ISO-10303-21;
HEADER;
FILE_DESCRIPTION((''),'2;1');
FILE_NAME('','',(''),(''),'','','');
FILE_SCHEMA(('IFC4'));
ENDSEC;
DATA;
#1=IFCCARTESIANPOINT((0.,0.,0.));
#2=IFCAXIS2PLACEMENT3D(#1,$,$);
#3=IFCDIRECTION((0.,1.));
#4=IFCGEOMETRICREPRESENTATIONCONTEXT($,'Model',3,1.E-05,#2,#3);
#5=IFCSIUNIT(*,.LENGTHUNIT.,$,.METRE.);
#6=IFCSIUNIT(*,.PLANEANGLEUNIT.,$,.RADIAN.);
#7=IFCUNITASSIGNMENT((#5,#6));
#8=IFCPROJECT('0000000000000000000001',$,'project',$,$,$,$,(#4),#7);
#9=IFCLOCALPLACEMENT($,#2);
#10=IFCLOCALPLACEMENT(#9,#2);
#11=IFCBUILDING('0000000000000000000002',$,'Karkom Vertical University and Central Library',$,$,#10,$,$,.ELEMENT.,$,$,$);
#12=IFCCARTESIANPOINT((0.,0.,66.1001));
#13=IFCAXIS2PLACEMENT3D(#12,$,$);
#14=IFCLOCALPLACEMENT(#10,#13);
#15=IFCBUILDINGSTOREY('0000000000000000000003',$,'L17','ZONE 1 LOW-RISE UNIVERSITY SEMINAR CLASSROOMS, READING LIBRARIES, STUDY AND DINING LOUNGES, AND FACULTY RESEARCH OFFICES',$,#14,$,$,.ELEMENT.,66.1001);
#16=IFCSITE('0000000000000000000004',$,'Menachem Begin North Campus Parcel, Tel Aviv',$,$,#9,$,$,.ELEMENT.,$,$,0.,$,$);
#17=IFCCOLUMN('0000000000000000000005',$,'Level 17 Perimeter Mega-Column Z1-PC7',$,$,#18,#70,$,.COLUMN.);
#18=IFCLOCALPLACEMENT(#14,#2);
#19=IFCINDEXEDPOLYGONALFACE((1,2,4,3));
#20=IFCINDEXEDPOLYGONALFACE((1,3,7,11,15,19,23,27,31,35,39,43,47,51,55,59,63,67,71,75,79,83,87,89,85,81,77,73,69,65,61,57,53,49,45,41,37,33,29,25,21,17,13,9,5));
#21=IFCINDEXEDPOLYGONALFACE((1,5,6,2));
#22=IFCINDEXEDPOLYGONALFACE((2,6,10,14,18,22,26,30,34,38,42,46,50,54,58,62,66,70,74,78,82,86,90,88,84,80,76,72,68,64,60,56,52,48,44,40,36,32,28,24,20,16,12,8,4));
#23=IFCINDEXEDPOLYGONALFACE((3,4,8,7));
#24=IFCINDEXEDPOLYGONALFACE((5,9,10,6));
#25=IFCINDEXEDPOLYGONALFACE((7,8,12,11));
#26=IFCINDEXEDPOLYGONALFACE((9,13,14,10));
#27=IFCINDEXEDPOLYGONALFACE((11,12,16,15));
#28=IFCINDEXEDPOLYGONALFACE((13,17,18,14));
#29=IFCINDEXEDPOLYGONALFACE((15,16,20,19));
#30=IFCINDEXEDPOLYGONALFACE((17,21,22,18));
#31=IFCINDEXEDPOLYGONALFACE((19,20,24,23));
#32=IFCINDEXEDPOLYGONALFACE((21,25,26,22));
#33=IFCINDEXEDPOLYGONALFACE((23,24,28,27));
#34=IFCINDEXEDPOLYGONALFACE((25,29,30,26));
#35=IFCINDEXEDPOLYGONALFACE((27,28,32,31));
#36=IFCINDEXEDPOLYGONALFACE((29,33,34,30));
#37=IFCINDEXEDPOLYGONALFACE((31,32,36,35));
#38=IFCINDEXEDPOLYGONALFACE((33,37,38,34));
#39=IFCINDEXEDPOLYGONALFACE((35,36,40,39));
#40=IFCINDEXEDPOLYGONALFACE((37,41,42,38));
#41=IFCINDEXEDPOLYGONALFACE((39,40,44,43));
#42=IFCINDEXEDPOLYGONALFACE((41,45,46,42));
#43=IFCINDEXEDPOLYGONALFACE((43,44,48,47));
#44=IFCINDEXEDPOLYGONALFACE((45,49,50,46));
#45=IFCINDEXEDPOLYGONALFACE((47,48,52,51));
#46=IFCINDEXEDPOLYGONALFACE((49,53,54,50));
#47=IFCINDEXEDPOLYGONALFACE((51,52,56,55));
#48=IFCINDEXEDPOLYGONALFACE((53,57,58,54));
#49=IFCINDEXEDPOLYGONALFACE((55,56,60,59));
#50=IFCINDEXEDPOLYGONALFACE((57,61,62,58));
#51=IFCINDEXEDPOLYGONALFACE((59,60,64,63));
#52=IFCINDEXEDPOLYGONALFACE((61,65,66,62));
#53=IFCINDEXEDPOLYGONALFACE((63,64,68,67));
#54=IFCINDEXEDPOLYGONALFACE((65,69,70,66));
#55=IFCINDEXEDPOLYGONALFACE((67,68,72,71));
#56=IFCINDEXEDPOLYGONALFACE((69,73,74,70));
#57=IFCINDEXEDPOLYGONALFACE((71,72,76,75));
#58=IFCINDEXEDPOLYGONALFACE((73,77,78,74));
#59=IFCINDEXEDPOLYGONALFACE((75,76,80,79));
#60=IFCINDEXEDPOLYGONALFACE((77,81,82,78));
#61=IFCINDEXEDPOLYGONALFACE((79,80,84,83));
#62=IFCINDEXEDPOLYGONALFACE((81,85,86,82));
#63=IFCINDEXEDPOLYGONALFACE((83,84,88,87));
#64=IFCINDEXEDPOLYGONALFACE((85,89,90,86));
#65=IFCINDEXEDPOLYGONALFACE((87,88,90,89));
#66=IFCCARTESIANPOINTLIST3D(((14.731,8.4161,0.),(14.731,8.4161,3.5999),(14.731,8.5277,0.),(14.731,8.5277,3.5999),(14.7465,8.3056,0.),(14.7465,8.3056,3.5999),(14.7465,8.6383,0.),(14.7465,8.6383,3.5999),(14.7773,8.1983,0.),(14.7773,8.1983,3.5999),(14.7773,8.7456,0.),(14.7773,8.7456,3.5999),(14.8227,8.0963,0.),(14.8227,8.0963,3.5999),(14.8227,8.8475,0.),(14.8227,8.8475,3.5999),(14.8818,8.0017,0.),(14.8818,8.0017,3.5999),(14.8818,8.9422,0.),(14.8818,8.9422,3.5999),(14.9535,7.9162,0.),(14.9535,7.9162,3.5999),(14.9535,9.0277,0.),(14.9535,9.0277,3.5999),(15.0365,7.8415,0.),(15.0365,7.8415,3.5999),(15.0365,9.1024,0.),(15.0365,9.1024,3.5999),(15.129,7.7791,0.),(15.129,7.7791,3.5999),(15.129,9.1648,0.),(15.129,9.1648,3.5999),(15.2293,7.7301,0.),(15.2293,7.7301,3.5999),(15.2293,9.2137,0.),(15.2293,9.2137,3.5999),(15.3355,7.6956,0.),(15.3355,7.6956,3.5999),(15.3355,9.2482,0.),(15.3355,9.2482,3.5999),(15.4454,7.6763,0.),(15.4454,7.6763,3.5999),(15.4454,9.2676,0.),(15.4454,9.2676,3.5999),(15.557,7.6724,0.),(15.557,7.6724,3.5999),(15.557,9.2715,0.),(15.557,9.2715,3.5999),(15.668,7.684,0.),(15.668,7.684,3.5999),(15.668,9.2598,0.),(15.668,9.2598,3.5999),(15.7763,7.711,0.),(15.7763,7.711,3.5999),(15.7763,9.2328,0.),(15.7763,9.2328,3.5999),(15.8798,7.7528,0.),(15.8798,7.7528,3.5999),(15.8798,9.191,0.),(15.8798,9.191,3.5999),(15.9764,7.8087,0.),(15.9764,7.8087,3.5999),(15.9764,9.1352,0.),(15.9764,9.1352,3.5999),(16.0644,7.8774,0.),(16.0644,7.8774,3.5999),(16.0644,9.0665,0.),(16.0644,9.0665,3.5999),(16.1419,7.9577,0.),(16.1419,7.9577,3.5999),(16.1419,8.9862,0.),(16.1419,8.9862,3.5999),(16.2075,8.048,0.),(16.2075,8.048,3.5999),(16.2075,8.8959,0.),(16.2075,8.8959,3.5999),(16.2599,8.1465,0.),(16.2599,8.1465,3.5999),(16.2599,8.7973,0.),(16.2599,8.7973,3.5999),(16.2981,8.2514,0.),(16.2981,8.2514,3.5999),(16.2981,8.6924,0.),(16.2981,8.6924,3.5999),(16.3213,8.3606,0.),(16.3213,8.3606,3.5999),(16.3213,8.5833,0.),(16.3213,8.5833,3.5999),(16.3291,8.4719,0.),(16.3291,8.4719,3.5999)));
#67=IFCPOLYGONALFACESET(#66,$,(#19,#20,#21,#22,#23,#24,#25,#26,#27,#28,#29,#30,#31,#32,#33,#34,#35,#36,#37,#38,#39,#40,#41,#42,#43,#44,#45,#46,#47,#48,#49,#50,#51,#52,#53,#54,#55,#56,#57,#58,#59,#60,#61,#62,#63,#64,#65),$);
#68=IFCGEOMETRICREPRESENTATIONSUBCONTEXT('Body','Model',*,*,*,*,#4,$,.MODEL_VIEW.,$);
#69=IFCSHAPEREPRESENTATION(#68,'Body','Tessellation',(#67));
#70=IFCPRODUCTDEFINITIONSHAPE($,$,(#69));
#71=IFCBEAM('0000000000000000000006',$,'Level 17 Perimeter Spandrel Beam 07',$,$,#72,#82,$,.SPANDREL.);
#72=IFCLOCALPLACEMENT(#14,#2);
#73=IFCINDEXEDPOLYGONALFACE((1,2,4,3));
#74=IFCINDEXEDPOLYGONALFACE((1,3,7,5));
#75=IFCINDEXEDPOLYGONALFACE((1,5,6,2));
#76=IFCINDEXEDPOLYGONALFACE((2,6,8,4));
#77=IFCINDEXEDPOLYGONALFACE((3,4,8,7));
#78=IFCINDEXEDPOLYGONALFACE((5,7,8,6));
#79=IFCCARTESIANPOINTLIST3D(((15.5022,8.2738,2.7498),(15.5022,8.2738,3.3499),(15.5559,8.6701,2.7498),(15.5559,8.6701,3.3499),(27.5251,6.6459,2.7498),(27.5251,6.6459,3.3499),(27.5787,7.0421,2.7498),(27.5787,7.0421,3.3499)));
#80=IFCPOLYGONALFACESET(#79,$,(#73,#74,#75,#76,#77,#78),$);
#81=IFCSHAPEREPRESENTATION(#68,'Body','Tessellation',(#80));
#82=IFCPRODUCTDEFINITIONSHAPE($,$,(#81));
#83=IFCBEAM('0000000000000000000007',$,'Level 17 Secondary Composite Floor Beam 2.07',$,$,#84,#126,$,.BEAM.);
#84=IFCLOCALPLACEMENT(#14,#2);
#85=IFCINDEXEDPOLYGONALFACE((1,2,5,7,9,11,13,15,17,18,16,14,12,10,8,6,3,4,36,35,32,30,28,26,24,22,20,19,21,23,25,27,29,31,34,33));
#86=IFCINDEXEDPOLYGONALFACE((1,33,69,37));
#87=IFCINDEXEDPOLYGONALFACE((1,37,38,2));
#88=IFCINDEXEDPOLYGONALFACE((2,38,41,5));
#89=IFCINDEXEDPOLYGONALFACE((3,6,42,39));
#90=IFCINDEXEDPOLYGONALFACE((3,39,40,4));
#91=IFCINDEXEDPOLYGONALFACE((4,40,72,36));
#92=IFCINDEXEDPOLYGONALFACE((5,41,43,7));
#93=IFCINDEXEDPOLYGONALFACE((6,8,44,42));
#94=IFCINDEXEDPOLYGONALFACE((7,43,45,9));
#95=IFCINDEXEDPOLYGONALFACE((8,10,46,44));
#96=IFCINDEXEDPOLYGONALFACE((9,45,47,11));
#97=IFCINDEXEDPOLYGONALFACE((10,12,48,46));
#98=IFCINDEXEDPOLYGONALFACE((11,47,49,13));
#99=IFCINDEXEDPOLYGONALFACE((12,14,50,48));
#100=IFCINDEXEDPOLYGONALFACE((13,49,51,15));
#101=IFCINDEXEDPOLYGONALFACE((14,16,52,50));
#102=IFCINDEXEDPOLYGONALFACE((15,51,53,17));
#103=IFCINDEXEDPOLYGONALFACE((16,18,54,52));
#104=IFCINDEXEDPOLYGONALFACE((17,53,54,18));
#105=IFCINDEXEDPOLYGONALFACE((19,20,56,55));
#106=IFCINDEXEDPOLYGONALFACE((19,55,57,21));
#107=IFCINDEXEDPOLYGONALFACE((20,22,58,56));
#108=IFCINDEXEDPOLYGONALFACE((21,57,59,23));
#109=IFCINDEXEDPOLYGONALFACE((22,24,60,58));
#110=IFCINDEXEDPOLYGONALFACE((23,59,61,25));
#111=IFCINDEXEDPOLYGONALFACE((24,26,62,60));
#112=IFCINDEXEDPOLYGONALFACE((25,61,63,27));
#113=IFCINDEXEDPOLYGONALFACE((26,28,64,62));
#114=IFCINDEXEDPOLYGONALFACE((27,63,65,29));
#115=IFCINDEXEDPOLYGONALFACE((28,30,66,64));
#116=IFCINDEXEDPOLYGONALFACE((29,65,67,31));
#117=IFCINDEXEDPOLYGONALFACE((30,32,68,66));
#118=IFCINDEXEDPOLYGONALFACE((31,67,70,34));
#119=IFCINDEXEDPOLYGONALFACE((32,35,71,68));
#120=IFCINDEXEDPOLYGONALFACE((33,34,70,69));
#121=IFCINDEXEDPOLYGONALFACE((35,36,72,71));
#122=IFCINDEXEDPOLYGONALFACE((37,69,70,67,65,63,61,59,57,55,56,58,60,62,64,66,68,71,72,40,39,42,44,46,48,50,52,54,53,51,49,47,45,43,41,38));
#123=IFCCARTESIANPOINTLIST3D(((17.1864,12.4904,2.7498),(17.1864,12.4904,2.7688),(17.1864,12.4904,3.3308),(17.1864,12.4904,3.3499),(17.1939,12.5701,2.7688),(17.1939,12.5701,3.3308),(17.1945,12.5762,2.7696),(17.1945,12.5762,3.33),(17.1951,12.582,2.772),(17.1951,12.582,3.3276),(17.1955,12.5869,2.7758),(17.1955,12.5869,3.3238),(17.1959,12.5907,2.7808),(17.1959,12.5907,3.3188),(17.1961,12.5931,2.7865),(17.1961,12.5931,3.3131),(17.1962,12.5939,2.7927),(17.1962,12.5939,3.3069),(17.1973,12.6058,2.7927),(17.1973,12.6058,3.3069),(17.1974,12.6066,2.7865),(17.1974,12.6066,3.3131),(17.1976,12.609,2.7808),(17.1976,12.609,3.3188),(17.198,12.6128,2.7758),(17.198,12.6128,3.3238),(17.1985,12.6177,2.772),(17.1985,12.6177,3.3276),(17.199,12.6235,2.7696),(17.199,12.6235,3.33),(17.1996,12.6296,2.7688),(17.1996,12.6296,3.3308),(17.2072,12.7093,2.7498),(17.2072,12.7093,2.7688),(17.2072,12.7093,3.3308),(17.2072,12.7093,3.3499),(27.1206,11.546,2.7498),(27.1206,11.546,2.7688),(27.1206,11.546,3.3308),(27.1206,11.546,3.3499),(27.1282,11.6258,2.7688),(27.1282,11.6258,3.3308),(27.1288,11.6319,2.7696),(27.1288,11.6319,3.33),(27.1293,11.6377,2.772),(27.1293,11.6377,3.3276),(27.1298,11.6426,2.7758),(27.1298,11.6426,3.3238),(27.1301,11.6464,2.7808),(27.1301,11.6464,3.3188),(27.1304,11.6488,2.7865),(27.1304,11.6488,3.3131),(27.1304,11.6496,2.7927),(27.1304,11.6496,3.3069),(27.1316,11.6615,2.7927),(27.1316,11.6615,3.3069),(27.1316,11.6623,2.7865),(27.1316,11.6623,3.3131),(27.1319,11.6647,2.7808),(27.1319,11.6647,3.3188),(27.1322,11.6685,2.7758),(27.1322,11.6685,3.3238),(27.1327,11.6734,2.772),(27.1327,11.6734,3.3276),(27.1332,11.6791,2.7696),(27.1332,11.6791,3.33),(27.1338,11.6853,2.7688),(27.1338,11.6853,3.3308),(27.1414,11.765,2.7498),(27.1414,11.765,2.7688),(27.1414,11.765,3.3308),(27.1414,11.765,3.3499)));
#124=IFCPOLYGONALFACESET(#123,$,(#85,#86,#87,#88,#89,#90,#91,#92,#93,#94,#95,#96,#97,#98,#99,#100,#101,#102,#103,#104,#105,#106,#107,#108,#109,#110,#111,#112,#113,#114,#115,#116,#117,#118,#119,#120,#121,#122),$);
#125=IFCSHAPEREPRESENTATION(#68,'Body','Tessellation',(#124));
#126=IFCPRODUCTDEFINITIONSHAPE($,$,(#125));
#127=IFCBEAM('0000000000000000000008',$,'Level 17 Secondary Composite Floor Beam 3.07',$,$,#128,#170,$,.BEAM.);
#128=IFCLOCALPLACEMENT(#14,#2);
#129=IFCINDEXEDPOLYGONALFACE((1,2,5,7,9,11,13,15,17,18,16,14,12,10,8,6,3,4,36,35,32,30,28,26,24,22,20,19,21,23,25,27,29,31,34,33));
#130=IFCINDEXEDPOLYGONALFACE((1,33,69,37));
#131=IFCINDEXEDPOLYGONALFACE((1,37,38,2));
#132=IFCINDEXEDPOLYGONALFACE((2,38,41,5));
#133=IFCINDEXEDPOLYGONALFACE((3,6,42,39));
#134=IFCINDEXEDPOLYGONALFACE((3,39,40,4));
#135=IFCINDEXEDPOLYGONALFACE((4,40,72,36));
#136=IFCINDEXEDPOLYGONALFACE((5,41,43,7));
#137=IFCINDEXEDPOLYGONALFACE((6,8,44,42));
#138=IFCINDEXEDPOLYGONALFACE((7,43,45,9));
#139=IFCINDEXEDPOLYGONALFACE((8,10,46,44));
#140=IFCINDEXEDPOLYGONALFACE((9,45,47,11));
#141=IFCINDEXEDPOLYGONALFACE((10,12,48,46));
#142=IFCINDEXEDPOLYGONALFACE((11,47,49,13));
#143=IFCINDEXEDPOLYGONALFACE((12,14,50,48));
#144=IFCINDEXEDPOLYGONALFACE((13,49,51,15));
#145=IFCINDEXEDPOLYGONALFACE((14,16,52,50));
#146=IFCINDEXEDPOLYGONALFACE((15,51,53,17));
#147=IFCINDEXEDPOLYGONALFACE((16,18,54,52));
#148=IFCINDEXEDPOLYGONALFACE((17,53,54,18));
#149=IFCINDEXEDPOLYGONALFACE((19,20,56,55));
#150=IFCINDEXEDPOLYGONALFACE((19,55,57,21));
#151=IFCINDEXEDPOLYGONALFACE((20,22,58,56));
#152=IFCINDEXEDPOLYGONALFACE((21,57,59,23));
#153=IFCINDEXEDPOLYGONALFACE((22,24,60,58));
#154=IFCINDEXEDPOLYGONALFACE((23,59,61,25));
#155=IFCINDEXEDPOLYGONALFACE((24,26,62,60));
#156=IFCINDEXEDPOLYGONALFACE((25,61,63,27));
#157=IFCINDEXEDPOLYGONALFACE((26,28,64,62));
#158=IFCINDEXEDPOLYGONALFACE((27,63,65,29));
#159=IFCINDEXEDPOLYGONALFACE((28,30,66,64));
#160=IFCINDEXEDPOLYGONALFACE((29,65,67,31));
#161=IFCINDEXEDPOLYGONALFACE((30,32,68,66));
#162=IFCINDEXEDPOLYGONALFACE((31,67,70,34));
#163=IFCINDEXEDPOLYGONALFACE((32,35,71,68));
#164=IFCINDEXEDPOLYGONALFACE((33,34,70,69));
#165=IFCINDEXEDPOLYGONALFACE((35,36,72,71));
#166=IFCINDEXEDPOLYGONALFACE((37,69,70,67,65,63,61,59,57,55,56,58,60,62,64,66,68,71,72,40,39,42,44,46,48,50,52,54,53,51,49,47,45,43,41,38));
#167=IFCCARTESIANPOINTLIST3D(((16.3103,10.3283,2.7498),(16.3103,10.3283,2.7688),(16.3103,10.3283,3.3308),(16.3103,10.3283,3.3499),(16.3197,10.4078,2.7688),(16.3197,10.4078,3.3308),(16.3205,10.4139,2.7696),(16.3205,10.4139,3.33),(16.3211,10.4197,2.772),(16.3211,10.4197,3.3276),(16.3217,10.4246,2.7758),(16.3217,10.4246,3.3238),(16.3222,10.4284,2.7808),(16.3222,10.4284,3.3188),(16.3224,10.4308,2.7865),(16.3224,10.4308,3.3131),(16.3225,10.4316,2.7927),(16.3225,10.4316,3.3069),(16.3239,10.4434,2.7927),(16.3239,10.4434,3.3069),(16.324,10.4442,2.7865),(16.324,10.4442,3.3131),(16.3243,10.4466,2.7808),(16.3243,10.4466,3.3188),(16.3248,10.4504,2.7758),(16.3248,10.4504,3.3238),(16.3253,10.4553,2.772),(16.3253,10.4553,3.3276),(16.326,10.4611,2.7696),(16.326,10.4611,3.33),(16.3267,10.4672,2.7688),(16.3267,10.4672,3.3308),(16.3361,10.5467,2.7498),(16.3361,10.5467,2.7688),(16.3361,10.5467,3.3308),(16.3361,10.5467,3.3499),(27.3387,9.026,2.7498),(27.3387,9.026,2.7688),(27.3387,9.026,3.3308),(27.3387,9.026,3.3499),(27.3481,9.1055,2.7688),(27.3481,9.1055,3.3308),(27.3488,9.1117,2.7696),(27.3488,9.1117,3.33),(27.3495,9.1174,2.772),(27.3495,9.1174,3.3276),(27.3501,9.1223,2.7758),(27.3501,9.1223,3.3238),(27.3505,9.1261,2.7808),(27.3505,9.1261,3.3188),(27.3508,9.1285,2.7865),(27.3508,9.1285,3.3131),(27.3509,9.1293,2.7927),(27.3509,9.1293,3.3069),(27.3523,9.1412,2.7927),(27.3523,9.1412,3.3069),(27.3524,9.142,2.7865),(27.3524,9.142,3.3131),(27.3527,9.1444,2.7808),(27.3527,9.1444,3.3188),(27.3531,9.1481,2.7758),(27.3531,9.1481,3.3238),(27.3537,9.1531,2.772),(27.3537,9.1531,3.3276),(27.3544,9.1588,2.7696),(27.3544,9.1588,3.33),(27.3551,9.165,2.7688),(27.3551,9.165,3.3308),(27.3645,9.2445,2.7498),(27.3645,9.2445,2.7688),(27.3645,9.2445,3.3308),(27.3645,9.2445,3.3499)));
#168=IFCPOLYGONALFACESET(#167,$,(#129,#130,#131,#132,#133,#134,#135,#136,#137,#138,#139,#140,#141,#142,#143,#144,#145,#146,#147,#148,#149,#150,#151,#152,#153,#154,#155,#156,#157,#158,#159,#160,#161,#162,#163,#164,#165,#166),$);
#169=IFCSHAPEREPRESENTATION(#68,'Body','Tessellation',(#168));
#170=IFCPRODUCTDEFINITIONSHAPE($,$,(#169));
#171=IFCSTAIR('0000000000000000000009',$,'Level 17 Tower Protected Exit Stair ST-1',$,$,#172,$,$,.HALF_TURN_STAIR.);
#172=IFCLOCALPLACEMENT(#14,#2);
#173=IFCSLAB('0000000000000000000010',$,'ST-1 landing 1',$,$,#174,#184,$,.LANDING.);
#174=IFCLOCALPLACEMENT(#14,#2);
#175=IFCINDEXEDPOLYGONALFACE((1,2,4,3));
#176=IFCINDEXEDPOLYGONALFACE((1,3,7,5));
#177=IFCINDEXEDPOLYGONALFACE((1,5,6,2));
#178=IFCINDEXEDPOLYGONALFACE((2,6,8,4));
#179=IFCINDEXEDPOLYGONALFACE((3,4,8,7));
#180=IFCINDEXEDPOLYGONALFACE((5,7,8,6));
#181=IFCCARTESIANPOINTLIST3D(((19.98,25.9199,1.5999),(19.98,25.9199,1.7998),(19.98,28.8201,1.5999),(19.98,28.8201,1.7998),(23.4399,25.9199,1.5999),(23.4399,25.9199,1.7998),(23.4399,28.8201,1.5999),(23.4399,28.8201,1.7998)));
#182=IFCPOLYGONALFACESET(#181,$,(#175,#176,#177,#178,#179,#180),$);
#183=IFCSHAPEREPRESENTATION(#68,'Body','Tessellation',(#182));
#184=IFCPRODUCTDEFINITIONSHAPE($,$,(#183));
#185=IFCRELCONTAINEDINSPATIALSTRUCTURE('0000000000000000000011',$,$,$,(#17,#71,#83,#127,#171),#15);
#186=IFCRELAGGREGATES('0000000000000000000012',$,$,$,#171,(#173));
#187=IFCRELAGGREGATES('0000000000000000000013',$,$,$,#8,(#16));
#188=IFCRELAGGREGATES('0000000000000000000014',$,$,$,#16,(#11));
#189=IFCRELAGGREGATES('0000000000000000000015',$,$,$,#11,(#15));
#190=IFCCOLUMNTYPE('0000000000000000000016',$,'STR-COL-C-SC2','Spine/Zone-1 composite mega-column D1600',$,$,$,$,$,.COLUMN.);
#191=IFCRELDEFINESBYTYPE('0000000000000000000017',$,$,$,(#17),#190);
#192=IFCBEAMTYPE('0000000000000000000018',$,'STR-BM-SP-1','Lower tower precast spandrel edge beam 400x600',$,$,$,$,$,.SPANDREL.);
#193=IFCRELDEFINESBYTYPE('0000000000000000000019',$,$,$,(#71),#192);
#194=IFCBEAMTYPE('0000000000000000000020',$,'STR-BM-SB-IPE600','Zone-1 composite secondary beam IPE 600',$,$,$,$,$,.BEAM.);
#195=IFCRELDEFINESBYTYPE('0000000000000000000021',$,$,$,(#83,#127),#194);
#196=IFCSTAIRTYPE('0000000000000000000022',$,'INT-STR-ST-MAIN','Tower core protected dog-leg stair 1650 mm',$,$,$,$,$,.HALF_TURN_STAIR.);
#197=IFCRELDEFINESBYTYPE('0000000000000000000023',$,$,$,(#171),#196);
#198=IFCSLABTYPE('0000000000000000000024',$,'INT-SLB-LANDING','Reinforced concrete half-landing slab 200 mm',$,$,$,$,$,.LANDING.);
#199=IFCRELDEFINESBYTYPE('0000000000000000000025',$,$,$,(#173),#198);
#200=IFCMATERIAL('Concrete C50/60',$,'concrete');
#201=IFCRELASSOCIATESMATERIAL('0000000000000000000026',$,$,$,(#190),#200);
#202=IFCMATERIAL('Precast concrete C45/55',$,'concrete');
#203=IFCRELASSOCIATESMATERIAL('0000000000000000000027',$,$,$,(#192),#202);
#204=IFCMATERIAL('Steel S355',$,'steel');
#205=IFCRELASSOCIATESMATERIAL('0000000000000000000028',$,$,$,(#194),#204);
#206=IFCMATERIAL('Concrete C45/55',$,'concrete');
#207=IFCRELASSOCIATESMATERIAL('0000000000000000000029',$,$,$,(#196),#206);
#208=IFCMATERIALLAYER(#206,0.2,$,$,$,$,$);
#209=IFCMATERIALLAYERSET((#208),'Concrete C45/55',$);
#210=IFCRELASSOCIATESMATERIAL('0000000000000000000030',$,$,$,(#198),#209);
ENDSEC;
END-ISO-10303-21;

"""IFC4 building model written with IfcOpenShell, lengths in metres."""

from ifc_helpers import new_model, si_unit, direction, frame, origin, origin_with_axes, origin_2d, place, context, subcontext, project, spatial, polyline, rectangle, circle, i_section, outline, extrude, source, transform, mapped, material, layer, layer_set, material_profile, profile_set, type_object, element, aggregate, save


model = new_model("IFC4")

# Units and contexts
model_context = context("Model", 3, precision=1e-05, world=origin(), true_north=direction((0.0, 1.0)))
body_context = subcontext(model_context, "Body", "Model", "MODEL_VIEW")
ifc_project = project(units=[si_unit("LENGTHUNIT", "METRE"), si_unit("PLANEANGLEUNIT", "RADIAN")], contexts=[model_context])

# Site, building, storey
site_placement = place(None, origin())
site = spatial("IfcSite", under=ifc_project, at=site_placement, Name="Menachem Begin North Campus Parcel, Tel Aviv", CompositionType="ELEMENT", RefElevation=0.0)
building_placement = place(site_placement, origin())
building = spatial("IfcBuilding", under=site, at=building_placement, Name="Karkom Vertical University and Central Library", CompositionType="ELEMENT")
storey_placement = place(building_placement, frame((0.0, 0.0, 66.1001)))
storey = spatial("IfcBuildingStorey", under=building, at=storey_placement, Name="L17", Description="ZONE 1 LOW-RISE UNIVERSITY SEMINAR CLASSROOMS, READING LIBRARIES, STUDY AND DINING LOUNGES, AND FACULTY RESEARCH OFFICES", CompositionType="ELEMENT", Elevation=66.1001)

# Column
ifc_material_1 = material(Name="Concrete C50/60", Category="concrete")
ifc_material_profile_1 = material_profile(ifc_material_1, circle(Radius=0.8, at=origin_2d()), Name="CFT-D1600")
ifc_profile_set_1 = profile_set([ifc_material_profile_1], Name="Concrete C50/60")
column_type = type_object("IfcColumnType", Name="STR-COL-C-SC2", Description="Spine/Zone-1 composite mega-column D1600", PredefinedType="COLUMN", material=ifc_profile_set_1)
shared_shape_1 = source(origin_with_axes(), body_context, "Body", "SweptSolid", [
    extrude(circle(Radius=0.8, at=origin_2d()), origin(), (0.0, 0.0, 1.0), 3.5999),
])
column_placement = place(storey_placement, frame((15.5291, 8.4719, 0.0), z_axis=(0.0, 0.0, 1.0), x_axis=(1.0, 0.0, 0.0)))
element("IfcColumn", 1, at=column_placement, inside=storey, type_object=column_type, Name="Level 17 Perimeter Mega-Column Z1-PC7", PredefinedType="COLUMN", context=body_context, shape_type="MappedRepresentation", body=[
    mapped(shared_shape_1, transform((0.0, 0.0, 0.0), scale=1.0)),
])

# Beams
ifc_material_2 = material(Name="Precast concrete C45/55", Category="concrete")
ifc_material_profile_2 = material_profile(ifc_material_2, rectangle(XDim=0.3999, YDim=0.6001, at=origin_2d()), Name="SPB-400x600")
ifc_profile_set_2 = profile_set([ifc_material_profile_2], Name="Precast concrete C45/55")
beam_type_1 = type_object("IfcBeamType", Name="STR-BM-SP-1", Description="Lower tower precast spandrel edge beam 400x600", PredefinedType="SPANDREL", material=ifc_profile_set_2)
shared_shape_2 = source(origin_with_axes(), body_context, "Body", "SweptSolid", [
    extrude(rectangle(XDim=0.3999, YDim=0.6001, at=origin_2d()), origin(), (0.0, 0.0, 1.0), 12.1326),
])
beam_1_placement = place(storey_placement, frame((15.5291, 8.4719, 3.0498), z_axis=(0.990957, -0.134177, 0.0), x_axis=(0.134177, 0.990957, 0.0)))
element("IfcBeam", 2, at=beam_1_placement, inside=storey, type_object=beam_type_1, Name="Level 17 Perimeter Spandrel Beam 07", PredefinedType="SPANDREL", context=body_context, shape_type="MappedRepresentation", body=[
    mapped(shared_shape_2, transform((0.0, 0.0, 0.0), scale=1.0)),
])
ifc_material_3 = material(Name="Steel S355", Category="steel")
ifc_material_profile_3 = material_profile(ifc_material_3, i_section(OverallWidth=0.22, OverallDepth=0.6001, WebThickness=0.012, FlangeThickness=0.019, FilletRadius=0.0239, at=origin_2d()), Name="IPE 600")
ifc_profile_set_3 = profile_set([ifc_material_profile_3], Name="Steel S355")
beam_type_2 = type_object("IfcBeamType", Name="STR-BM-SB-IPE600", Description="Zone-1 composite secondary beam IPE 600", PredefinedType="BEAM", material=ifc_profile_set_3)
shared_shape_3 = source(origin_with_axes(), body_context, "Body", "SweptSolid", [
    extrude(i_section(OverallWidth=0.22, OverallDepth=0.6001, WebThickness=0.012, FlangeThickness=0.019, FilletRadius=0.0239, at=origin_2d()), origin(), (0.0, 0.0, 1.0), 9.979),
])
beam_2_placement = place(storey_placement, frame((17.1968, 12.5999, 3.0498), z_axis=(0.995512, -0.094631, 0.0), x_axis=(0.094631, 0.995512, 0.0)))
element("IfcBeam", 3, at=beam_2_placement, inside=storey, type_object=beam_type_2, Name="Level 17 Secondary Composite Floor Beam 2.07", PredefinedType="BEAM", context=body_context, shape_type="MappedRepresentation", body=[
    mapped(shared_shape_3, transform((0.0, 0.0, 0.0), scale=1.0)),
])
shared_shape_4 = source(origin_with_axes(), body_context, "Body", "SweptSolid", [
    extrude(i_section(OverallWidth=0.22, OverallDepth=0.6001, WebThickness=0.012, FlangeThickness=0.019, FilletRadius=0.0239, at=origin_2d()), origin(), (0.0, 0.0, 1.0), 11.105),
])
beam_3_placement = place(storey_placement, frame((16.3232, 10.4375, 3.0498), z_axis=(0.9931, -0.117267, 0.0), x_axis=(0.117267, 0.9931, 0.0)))
element("IfcBeam", 4, at=beam_3_placement, inside=storey, type_object=beam_type_2, Name="Level 17 Secondary Composite Floor Beam 3.07", PredefinedType="BEAM", context=body_context, shape_type="MappedRepresentation", body=[
    mapped(shared_shape_4, transform((0.0, 0.0, 0.0), scale=1.0)),
])

# Stair, slab
ifc_material_4 = material(Name="Concrete C45/55", Category="concrete")
stair_type_1 = type_object("IfcStairType", Name="INT-STR-ST-MAIN", Description="Tower core protected dog-leg stair 1650 mm", PredefinedType="HALF_TURN_STAIR", material=ifc_material_4)
stair_1_placement = place(storey_placement, origin())
stair_1 = element("IfcStair", 5, at=stair_1_placement, inside=storey, type_object=stair_type_1, Name="Level 17 Tower Protected Exit Stair ST-1", PredefinedType="HALF_TURN_STAIR")
ifc_layer_1 = layer(ifc_material_4, 0.2)
ifc_layer_set_1 = layer_set([ifc_layer_1], Name="Concrete C45/55")
slab_type_1 = type_object("IfcSlabType", Name="INT-SLB-LANDING", Description="Reinforced concrete half-landing slab 200 mm", PredefinedType="LANDING", material=ifc_layer_set_1)
slab_1_placement = place(storey_placement, frame((0.0, 0.0, 1.5999)))
slab_1 = element("IfcSlab", 6, at=slab_1_placement, type_object=slab_type_1, Name="ST-1 landing 1", PredefinedType="LANDING", context=body_context, shape_type="SweptSolid", body=[
    extrude(outline(polyline([(23.4399, 25.9199), (23.4399, 28.8201), (19.98, 28.8201), (19.98, 25.9199), (23.4399, 25.9199)])), origin(), (0.0, 0.0, 1.0), 0.2),
])
aggregate(stair_1, [slab_1])

save(model, "model.ifc")
